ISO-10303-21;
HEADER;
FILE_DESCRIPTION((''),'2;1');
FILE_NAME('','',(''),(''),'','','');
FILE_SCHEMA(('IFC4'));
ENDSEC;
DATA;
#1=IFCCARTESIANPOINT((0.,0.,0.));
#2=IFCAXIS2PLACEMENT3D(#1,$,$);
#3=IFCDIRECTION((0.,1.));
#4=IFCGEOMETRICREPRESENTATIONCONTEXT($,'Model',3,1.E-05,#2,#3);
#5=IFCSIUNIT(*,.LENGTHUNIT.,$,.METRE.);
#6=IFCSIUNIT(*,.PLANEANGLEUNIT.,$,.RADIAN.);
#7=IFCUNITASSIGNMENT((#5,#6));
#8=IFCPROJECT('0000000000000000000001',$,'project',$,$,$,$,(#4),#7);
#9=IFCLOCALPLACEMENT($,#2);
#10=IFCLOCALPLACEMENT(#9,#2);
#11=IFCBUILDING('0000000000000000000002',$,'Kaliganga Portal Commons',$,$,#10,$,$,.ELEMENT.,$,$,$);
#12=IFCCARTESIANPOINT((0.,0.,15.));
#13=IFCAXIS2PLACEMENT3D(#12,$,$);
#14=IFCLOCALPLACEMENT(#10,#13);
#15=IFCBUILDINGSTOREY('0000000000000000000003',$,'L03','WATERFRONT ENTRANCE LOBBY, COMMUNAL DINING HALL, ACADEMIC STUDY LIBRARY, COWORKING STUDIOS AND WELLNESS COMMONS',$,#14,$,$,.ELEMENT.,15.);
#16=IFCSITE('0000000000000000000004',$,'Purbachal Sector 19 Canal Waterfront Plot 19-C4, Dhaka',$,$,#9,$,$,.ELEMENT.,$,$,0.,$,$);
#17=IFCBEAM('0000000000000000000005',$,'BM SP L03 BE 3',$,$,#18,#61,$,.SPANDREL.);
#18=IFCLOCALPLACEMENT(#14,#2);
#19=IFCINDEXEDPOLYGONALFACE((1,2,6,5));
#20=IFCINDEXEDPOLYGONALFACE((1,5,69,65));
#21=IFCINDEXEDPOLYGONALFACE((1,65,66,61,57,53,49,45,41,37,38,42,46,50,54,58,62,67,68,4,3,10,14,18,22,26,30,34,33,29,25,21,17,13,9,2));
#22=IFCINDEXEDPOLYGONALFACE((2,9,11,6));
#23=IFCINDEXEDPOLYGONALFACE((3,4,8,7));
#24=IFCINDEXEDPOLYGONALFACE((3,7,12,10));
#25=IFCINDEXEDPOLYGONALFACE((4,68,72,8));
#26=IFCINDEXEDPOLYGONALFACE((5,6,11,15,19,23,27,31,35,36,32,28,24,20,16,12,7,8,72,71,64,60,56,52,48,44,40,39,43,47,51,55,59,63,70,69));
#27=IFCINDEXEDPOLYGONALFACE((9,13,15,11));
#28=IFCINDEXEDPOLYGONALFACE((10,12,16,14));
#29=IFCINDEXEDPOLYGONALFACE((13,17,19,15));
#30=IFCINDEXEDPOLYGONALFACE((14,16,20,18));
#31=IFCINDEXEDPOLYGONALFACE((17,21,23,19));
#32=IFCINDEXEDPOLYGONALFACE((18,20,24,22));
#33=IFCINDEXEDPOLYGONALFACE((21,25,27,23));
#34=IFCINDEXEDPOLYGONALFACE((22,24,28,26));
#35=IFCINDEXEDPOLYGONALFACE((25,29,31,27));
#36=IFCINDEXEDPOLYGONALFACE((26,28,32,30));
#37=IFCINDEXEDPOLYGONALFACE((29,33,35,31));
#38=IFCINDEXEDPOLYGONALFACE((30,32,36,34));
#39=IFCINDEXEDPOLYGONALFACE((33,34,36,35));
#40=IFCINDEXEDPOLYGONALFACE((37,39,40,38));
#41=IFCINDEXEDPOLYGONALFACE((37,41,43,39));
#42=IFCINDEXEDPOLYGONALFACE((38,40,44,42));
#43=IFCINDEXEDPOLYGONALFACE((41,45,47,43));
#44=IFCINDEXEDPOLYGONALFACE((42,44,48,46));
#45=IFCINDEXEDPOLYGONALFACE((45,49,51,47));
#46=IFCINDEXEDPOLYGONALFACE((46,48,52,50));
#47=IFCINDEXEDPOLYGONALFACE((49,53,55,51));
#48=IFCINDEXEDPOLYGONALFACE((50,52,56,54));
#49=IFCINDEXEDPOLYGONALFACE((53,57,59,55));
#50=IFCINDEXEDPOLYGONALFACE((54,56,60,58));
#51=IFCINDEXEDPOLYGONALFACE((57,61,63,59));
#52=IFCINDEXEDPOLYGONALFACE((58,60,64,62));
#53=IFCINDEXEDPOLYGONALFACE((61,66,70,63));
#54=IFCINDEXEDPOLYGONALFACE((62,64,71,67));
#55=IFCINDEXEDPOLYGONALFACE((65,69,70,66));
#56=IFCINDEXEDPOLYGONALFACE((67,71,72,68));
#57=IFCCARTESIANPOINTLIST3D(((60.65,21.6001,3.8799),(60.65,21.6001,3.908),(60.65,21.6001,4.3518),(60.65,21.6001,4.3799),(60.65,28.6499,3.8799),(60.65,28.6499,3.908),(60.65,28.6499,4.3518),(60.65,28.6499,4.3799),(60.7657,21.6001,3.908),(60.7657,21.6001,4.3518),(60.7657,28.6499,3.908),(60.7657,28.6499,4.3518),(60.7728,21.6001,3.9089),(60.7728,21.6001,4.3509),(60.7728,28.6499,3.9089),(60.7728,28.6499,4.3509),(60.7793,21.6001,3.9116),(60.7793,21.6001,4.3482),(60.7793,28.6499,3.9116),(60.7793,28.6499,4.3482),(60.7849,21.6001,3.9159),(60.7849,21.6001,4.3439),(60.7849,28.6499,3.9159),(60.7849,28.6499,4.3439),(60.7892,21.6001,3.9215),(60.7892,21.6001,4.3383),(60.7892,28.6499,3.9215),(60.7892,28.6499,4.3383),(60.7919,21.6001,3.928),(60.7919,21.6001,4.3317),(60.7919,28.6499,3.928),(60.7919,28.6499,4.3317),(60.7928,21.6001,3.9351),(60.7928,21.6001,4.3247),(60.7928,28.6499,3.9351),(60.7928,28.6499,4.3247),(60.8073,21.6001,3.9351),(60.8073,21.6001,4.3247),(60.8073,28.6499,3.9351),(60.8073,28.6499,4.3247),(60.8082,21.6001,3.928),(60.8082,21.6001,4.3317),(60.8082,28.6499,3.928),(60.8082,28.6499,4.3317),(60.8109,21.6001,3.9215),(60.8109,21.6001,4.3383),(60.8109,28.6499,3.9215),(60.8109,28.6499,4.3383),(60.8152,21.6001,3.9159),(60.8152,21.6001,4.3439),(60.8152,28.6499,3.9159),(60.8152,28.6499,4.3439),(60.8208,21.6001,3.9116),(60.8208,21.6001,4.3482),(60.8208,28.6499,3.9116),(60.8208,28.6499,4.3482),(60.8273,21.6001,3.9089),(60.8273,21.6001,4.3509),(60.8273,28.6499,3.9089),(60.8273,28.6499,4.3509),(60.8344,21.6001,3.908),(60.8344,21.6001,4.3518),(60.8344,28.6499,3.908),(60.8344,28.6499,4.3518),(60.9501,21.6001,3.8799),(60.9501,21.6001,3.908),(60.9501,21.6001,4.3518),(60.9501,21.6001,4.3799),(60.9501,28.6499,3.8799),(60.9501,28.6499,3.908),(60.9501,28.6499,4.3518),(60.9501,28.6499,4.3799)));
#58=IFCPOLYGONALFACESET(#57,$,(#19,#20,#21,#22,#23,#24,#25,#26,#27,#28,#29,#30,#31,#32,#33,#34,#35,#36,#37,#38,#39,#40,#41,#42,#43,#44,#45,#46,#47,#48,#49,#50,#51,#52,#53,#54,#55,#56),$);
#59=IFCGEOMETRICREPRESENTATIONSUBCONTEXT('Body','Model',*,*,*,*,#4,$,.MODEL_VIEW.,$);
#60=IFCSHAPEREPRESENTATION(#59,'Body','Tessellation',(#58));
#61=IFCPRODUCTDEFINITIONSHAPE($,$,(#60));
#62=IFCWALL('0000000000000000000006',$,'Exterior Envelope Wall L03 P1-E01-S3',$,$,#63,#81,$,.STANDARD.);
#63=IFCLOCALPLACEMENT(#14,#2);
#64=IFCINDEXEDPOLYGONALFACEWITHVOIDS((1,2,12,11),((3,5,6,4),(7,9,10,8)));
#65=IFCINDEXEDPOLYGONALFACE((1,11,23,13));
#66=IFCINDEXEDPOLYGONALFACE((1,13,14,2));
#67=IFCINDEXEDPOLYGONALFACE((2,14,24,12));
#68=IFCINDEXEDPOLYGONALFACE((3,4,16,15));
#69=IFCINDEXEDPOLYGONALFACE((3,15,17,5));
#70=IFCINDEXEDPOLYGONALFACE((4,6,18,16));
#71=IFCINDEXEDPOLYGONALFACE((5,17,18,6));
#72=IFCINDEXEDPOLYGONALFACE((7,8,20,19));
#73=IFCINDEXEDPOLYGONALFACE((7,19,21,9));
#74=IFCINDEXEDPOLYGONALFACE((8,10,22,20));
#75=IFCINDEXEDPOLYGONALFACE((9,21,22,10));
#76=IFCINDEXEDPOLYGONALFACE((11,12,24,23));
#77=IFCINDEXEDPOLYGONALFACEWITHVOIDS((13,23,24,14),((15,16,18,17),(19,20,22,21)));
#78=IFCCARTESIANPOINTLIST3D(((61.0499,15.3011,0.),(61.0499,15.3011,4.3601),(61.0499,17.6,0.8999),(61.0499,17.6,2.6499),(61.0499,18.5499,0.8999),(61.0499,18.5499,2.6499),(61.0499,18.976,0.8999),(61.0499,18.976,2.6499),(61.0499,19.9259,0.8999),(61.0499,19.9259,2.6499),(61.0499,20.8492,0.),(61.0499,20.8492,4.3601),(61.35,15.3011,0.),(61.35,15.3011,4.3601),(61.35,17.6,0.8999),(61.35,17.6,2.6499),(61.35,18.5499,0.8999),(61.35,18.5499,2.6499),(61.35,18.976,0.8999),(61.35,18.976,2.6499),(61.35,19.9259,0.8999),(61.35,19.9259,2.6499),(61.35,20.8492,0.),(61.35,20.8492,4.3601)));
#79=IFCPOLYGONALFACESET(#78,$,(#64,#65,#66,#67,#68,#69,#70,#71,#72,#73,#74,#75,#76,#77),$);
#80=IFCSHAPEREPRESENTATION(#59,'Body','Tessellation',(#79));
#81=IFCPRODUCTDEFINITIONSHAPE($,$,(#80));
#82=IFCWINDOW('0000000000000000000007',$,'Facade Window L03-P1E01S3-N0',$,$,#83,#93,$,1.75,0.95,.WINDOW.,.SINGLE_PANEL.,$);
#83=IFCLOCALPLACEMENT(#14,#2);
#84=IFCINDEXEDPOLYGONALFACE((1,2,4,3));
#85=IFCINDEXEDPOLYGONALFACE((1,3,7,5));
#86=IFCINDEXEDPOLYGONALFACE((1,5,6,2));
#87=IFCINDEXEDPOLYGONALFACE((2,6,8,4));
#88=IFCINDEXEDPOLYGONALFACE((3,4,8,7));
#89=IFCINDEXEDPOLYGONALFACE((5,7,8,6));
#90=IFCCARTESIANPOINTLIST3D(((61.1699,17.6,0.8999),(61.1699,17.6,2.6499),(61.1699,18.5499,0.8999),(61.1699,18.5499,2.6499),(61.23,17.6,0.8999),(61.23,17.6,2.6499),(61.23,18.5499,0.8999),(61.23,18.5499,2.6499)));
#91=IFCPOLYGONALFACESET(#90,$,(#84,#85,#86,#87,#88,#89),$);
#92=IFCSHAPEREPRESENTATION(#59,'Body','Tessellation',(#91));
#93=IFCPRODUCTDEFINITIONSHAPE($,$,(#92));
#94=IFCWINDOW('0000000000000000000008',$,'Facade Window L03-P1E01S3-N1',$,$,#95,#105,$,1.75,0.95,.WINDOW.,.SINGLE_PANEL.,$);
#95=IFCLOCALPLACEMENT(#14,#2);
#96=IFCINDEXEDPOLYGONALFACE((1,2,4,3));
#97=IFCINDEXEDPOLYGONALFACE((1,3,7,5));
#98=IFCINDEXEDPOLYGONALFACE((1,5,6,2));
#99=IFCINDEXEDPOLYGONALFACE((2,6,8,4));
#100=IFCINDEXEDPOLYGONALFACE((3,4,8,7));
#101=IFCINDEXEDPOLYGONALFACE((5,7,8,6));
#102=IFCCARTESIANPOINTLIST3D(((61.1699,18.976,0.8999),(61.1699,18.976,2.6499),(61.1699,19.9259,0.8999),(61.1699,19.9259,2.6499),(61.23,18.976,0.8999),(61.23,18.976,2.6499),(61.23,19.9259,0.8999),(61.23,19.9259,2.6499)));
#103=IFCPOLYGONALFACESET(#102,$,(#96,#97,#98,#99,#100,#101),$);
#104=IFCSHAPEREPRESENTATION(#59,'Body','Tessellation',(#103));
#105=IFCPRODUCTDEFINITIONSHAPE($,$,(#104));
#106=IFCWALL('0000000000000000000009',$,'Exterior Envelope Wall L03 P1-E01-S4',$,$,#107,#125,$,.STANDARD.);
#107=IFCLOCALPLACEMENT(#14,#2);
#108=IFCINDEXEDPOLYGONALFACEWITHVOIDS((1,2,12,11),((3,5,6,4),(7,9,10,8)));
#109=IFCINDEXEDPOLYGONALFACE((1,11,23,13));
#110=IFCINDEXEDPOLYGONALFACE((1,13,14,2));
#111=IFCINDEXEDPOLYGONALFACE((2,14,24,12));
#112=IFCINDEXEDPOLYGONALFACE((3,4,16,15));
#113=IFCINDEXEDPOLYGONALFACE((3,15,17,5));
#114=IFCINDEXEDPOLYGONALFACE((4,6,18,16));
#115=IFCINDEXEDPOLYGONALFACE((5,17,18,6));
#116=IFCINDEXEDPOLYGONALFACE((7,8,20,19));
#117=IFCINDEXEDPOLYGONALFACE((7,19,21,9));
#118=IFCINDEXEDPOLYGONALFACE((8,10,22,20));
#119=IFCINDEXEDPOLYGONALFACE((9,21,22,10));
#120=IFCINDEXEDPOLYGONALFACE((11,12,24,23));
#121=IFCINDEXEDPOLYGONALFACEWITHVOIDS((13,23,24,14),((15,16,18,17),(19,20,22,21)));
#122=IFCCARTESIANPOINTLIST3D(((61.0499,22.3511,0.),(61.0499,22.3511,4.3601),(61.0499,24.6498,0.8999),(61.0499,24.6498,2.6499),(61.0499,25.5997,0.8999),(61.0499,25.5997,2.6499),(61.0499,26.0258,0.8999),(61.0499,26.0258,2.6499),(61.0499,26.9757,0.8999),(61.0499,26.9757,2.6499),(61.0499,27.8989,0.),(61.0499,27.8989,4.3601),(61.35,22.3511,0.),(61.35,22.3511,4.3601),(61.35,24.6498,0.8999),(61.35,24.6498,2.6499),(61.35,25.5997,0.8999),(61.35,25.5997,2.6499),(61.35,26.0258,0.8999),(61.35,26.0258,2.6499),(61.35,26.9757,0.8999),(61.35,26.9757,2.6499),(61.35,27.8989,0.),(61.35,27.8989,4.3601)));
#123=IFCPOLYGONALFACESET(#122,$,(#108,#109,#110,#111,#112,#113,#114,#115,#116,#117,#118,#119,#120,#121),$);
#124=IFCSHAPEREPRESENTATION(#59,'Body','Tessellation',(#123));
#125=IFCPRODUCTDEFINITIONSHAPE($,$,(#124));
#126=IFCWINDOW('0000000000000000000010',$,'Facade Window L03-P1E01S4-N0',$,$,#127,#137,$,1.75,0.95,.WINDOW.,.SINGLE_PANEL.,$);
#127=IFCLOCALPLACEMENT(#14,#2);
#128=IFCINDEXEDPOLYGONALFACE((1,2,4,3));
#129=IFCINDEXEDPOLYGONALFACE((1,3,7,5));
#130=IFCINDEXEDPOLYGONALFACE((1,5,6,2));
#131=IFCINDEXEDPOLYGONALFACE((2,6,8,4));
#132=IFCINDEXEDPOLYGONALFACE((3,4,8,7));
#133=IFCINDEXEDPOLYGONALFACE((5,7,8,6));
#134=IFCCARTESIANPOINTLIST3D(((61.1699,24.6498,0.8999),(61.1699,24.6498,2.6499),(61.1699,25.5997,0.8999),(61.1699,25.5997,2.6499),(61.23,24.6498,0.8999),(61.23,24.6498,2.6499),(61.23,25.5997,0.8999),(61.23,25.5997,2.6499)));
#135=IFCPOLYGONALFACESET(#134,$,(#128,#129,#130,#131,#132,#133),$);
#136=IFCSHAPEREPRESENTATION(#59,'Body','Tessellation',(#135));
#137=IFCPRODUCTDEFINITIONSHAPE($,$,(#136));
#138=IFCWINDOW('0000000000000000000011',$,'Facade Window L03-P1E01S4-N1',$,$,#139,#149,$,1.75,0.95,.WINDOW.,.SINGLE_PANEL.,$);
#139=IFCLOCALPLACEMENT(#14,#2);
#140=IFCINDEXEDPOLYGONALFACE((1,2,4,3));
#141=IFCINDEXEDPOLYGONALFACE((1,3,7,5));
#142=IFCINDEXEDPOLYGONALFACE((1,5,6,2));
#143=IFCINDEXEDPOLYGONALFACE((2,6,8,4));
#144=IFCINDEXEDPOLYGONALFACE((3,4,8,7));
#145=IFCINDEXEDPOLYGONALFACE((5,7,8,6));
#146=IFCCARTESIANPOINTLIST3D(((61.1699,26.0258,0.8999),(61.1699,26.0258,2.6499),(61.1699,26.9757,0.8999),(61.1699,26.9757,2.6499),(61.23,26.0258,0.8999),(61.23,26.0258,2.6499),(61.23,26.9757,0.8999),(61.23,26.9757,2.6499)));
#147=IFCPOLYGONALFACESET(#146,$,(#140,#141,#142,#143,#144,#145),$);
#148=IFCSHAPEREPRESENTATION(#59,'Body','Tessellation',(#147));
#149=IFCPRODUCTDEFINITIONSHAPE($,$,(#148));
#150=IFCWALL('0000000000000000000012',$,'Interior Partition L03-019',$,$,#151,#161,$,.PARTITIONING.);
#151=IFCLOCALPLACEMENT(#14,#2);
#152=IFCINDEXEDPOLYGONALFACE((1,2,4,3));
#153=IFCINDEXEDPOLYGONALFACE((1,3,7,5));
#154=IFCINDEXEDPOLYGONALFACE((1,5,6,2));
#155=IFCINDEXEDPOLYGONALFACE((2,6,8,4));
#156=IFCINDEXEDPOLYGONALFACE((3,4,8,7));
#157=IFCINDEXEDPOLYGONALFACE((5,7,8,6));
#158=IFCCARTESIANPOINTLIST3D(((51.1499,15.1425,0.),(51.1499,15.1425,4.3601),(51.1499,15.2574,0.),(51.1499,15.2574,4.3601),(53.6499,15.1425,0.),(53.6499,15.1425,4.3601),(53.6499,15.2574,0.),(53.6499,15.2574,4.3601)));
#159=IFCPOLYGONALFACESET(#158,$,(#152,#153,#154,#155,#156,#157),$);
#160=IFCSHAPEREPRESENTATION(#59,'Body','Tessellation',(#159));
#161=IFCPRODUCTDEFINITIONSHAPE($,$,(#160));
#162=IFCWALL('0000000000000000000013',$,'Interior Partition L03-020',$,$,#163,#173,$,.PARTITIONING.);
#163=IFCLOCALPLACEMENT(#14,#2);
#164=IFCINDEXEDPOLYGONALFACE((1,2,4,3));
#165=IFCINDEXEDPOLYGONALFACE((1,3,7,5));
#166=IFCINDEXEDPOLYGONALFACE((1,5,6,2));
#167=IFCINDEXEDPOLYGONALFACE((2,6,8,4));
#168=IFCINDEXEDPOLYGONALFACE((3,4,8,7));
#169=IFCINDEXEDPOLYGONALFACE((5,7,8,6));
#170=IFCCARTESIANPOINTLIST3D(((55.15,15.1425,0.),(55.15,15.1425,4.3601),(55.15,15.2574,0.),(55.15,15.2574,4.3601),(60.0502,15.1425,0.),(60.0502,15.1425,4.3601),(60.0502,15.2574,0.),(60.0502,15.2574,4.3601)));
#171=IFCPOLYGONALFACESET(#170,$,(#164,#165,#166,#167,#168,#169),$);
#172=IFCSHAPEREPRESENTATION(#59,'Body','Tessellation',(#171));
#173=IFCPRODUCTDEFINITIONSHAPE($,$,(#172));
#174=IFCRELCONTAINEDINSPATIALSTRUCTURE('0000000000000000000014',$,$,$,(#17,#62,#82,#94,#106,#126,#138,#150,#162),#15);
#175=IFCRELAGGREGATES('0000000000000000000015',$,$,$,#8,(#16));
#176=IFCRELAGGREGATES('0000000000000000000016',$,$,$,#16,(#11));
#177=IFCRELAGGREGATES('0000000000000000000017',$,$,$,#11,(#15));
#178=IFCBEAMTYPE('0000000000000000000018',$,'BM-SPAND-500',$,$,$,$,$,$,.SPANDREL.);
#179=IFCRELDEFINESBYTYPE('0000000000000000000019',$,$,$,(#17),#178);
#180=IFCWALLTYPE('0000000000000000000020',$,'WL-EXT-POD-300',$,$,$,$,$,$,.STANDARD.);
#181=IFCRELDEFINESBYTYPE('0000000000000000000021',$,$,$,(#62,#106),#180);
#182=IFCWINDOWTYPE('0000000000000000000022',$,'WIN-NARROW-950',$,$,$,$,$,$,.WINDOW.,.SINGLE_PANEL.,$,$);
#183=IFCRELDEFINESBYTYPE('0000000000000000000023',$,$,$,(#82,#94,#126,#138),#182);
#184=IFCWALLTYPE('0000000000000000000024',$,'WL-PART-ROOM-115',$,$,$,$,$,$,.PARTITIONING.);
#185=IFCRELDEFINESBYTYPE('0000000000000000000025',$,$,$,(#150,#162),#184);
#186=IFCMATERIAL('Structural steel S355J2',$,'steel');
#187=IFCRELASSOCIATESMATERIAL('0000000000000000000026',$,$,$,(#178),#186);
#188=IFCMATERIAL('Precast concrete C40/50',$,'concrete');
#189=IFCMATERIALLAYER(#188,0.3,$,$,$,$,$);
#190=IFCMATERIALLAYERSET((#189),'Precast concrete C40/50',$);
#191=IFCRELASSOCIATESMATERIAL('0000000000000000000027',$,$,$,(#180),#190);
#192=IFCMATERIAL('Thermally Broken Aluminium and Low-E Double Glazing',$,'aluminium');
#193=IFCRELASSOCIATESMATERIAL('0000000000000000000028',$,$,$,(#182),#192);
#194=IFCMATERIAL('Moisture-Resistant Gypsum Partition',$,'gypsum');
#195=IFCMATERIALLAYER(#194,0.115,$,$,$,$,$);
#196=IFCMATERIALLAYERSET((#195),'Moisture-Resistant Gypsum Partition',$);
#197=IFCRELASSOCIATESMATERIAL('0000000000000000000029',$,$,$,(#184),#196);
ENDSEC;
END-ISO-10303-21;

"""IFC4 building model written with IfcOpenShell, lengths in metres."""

from ifc_helpers import new_model, si_unit, direction, frame, frame_2d, origin, origin_2d, place, context, subcontext, project, spatial, rectangle, i_section, extrude, source, transform, mapped, material, layer, layer_set, material_profile, profile_set, type_object, element, fill, save


model = new_model("IFC4")

# Units and contexts
model_context = context("Model", 3, precision=1e-05, world=origin(), true_north=direction((0.0, 1.0)))
body_context = subcontext(model_context, "Body", "Model", "MODEL_VIEW")
ifc_project = project(units=[si_unit("LENGTHUNIT", "METRE"), si_unit("PLANEANGLEUNIT", "RADIAN")], contexts=[model_context])

# Site, building, storey
site_placement = place(None, origin())
site = spatial("IfcSite", under=ifc_project, at=site_placement, Name="Purbachal Sector 19 Canal Waterfront Plot 19-C4, Dhaka", CompositionType="ELEMENT", RefElevation=0.0)
building_placement = place(site_placement, origin())
building = spatial("IfcBuilding", under=site, at=building_placement, Name="Kaliganga Portal Commons", CompositionType="ELEMENT")
storey_placement = place(building_placement, frame((0.0, 0.0, 15.0)))
storey = spatial("IfcBuildingStorey", under=building, at=storey_placement, Name="L03", Description="WATERFRONT ENTRANCE LOBBY, COMMUNAL DINING HALL, ACADEMIC STUDY LIBRARY, COWORKING STUDIOS AND WELLNESS COMMONS", CompositionType="ELEMENT", Elevation=15.0)

# Beam
ifc_material_1 = material(Name="Structural steel S355J2", Category="steel")
ifc_material_profile_1 = material_profile(ifc_material_1, i_section(OverallWidth=0.3, OverallDepth=0.5, WebThickness=0.0144, FlangeThickness=0.0281, FilletRadius=0.0271, at=origin_2d()), Name="HE 500 B")
ifc_profile_set_1 = profile_set([ifc_material_profile_1], Name="Structural steel S355J2 wide-flange")
beam_type_1 = type_object("IfcBeamType", Name="BM-SPAND-500", PredefinedType="SPANDREL", material=ifc_profile_set_1)
shared_shape_1 = source(origin(), body_context, "Body", "SweptSolid", [
    extrude(i_section(OverallWidth=0.3, OverallDepth=0.5, WebThickness=0.0144, FlangeThickness=0.0281, FilletRadius=0.0271, at=origin_2d()), origin(), (0.0, 0.0, 1.0), 7.0498),
])
beam_1_placement = place(storey_placement, frame((60.8, 21.6001, 4.1299), z_axis=(0.0, 1.0, 0.0), x_axis=(-1.0, 0.0, 0.0)))
element("IfcBeam", 1, at=beam_1_placement, inside=storey, type_object=beam_type_1, Name="BM SP L03 BE 3", PredefinedType="SPANDREL", context=body_context, shape_type="MappedRepresentation", body=[
    mapped(shared_shape_1, transform((0.0, 0.0, 0.0), x_axis=(1.0, 0.0, 0.0), y_axis=(0.0, 1.0, 0.0), z_axis=(0.0, 0.0, 1.0), scale=1.0)),
])

# Walls, openings, windows
ifc_material_2 = material(Name="Precast concrete C40/50", Category="concrete")
ifc_layer_1 = layer(ifc_material_2, 0.3)
ifc_layer_set_1 = layer_set([ifc_layer_1], Name="Precast concrete C40/50")
wall_type_1 = type_object("IfcWallType", Name="WL-EXT-POD-300", PredefinedType="STANDARD", material=ifc_layer_set_1)
wall_1_placement = place(storey_placement, frame((61.2, 20.8491, 0.0), z_axis=(0.0, 0.0, 1.0), x_axis=(0.0, -1.0, 0.0)))
wall_1 = element("IfcWall", 2, at=wall_1_placement, inside=storey, type_object=wall_type_1, Name="Exterior Envelope Wall L03 P1-E01-S3", PredefinedType="STANDARD", context=body_context, shape_type="SweptSolid", body=[
    extrude(rectangle(XDim=5.5481, YDim=0.3, at=frame_2d((2.7739, 0.0))), origin(), (0.0, 0.0, 1.0), 4.3601),
])
opening_1_placement = place(wall_1_placement, frame((2.2991, 0.0, 0.8999)))
opening_1 = element("IfcOpeningElement", 3, at=opening_1_placement, cuts=wall_1, PredefinedType="OPENING", context=body_context, shape_type="SweptSolid", body=[
    extrude(rectangle(XDim=0.95, YDim=1.75, at=frame_2d((0.4751, 0.875))), frame((0.0, 0.1602, 0.0), z_axis=(0.0, -1.0, 0.0), x_axis=(1.0, 0.0, 0.0)), (0.0, 0.0, 1.0), 0.3201),
])
opening_2_placement = place(wall_1_placement, frame((0.9231, 0.0, 0.8999)))
opening_2 = element("IfcOpeningElement", 4, at=opening_2_placement, cuts=wall_1, PredefinedType="OPENING", context=body_context, shape_type="SweptSolid", body=[
    extrude(rectangle(XDim=0.95, YDim=1.75, at=frame_2d((0.4751, 0.875))), frame((0.0, 0.1602, 0.0), z_axis=(0.0, -1.0, 0.0), x_axis=(1.0, 0.0, 0.0)), (0.0, 0.0, 1.0), 0.3201),
])
ifc_material_3 = material(Name="Thermally Broken Aluminium and Low-E Double Glazing", Category="aluminium")
window_type = type_object("IfcWindowType", Name="WIN-NARROW-950", PartitioningType="SINGLE_PANEL", PredefinedType="WINDOW", material=ifc_material_3)
window_1_placement = place(opening_1_placement, origin())
window_1 = element("IfcWindow", 5, at=window_1_placement, inside=storey, type_object=window_type, Name="Facade Window L03-P1E01S3-N0", OverallHeight=1.75, OverallWidth=0.95, PartitioningType="SINGLE_PANEL", PredefinedType="WINDOW", context=body_context, shape_type="SweptSolid", body=[
    extrude(rectangle(XDim=0.95, YDim=1.75, at=frame_2d((0.4751, 0.875))), frame((0.0, 0.03, 0.0), z_axis=(0.0, -1.0, 0.0), x_axis=(1.0, 0.0, 0.0)), (0.0, 0.0, 1.0), 0.0601),
])
fill(opening_1, window_1)
window_2_placement = place(opening_2_placement, origin())
window_2 = element("IfcWindow", 6, at=window_2_placement, inside=storey, type_object=window_type, Name="Facade Window L03-P1E01S3-N1", OverallHeight=1.75, OverallWidth=0.95, PartitioningType="SINGLE_PANEL", PredefinedType="WINDOW", context=body_context, shape_type="SweptSolid", body=[
    extrude(rectangle(XDim=0.95, YDim=1.75, at=frame_2d((0.4751, 0.875))), frame((0.0, 0.03, 0.0), z_axis=(0.0, -1.0, 0.0), x_axis=(1.0, 0.0, 0.0)), (0.0, 0.0, 1.0), 0.0601),
])
fill(opening_2, window_2)
wall_2_placement = place(storey_placement, frame((61.2, 27.8989, 0.0), z_axis=(0.0, 0.0, 1.0), x_axis=(0.0, -1.0, 0.0)))
wall_2 = element("IfcWall", 7, at=wall_2_placement, inside=storey, type_object=wall_type_1, Name="Exterior Envelope Wall L03 P1-E01-S4", PredefinedType="STANDARD", context=body_context, shape_type="SweptSolid", body=[
    extrude(rectangle(XDim=5.5479, YDim=0.3, at=frame_2d((2.7739, 0.0))), origin(), (0.0, 0.0, 1.0), 4.3601),
])
opening_3_placement = place(wall_2_placement, frame((2.2991, 0.0, 0.8999)))
opening_3 = element("IfcOpeningElement", 8, at=opening_3_placement, cuts=wall_2, PredefinedType="OPENING", context=body_context, shape_type="SweptSolid", body=[
    extrude(rectangle(XDim=0.95, YDim=1.75, at=frame_2d((0.4751, 0.875))), frame((0.0, 0.1602, 0.0), z_axis=(0.0, -1.0, 0.0), x_axis=(1.0, 0.0, 0.0)), (0.0, 0.0, 1.0), 0.3201),
])
opening_4_placement = place(wall_2_placement, frame((0.9231, 0.0, 0.8999)))
opening_4 = element("IfcOpeningElement", 9, at=opening_4_placement, cuts=wall_2, PredefinedType="OPENING", context=body_context, shape_type="SweptSolid", body=[
    extrude(rectangle(XDim=0.95, YDim=1.75, at=frame_2d((0.4751, 0.875))), frame((0.0, 0.1602, 0.0), z_axis=(0.0, -1.0, 0.0), x_axis=(1.0, 0.0, 0.0)), (0.0, 0.0, 1.0), 0.3201),
])
window_3_placement = place(opening_3_placement, origin())
window_3 = element("IfcWindow", 10, at=window_3_placement, inside=storey, type_object=window_type, Name="Facade Window L03-P1E01S4-N0", OverallHeight=1.75, OverallWidth=0.95, PartitioningType="SINGLE_PANEL", PredefinedType="WINDOW", context=body_context, shape_type="SweptSolid", body=[
    extrude(rectangle(XDim=0.95, YDim=1.75, at=frame_2d((0.4751, 0.875))), frame((0.0, 0.03, 0.0), z_axis=(0.0, -1.0, 0.0), x_axis=(1.0, 0.0, 0.0)), (0.0, 0.0, 1.0), 0.0601),
])
fill(opening_3, window_3)
window_4_placement = place(opening_4_placement, origin())
window_4 = element("IfcWindow", 11, at=window_4_placement, inside=storey, type_object=window_type, Name="Facade Window L03-P1E01S4-N1", OverallHeight=1.75, OverallWidth=0.95, PartitioningType="SINGLE_PANEL", PredefinedType="WINDOW", context=body_context, shape_type="SweptSolid", body=[
    extrude(rectangle(XDim=0.95, YDim=1.75, at=frame_2d((0.4751, 0.875))), frame((0.0, 0.03, 0.0), z_axis=(0.0, -1.0, 0.0), x_axis=(1.0, 0.0, 0.0)), (0.0, 0.0, 1.0), 0.0601),
])
fill(opening_4, window_4)

# Walls
ifc_material_4 = material(Name="Moisture-Resistant Gypsum Partition", Category="gypsum")
ifc_layer_2 = layer(ifc_material_4, 0.115)
ifc_layer_set_2 = layer_set([ifc_layer_2], Name="Moisture-Resistant Gypsum Partition")
wall_type_2 = type_object("IfcWallType", Name="WL-PART-ROOM-115", PredefinedType="PARTITIONING", material=ifc_layer_set_2)
wall_3_placement = place(storey_placement, frame((51.1499, 15.2, 0.0), z_axis=(0.0, 0.0, 1.0), x_axis=(1.0, 0.0, 0.0)))
element("IfcWall", 12, at=wall_3_placement, inside=storey, type_object=wall_type_2, Name="Interior Partition L03-019", PredefinedType="PARTITIONING", context=body_context, shape_type="SweptSolid", body=[
    extrude(rectangle(XDim=2.5, YDim=0.115, at=frame_2d((1.25, 0.0))), origin(), (0.0, 0.0, 1.0), 4.3601),
])
wall_4_placement = place(storey_placement, frame((55.1499, 15.2, 0.0), z_axis=(0.0, 0.0, 1.0), x_axis=(1.0, 0.0, 0.0)))
element("IfcWall", 13, at=wall_4_placement, inside=storey, type_object=wall_type_2, Name="Interior Partition L03-020", PredefinedType="PARTITIONING", context=body_context, shape_type="SweptSolid", body=[
    extrude(rectangle(XDim=4.9001, YDim=0.115, at=frame_2d((2.4502, 0.0))), origin(), (0.0, 0.0, 1.0), 4.3601),
])

save(model, "model.ifc")
